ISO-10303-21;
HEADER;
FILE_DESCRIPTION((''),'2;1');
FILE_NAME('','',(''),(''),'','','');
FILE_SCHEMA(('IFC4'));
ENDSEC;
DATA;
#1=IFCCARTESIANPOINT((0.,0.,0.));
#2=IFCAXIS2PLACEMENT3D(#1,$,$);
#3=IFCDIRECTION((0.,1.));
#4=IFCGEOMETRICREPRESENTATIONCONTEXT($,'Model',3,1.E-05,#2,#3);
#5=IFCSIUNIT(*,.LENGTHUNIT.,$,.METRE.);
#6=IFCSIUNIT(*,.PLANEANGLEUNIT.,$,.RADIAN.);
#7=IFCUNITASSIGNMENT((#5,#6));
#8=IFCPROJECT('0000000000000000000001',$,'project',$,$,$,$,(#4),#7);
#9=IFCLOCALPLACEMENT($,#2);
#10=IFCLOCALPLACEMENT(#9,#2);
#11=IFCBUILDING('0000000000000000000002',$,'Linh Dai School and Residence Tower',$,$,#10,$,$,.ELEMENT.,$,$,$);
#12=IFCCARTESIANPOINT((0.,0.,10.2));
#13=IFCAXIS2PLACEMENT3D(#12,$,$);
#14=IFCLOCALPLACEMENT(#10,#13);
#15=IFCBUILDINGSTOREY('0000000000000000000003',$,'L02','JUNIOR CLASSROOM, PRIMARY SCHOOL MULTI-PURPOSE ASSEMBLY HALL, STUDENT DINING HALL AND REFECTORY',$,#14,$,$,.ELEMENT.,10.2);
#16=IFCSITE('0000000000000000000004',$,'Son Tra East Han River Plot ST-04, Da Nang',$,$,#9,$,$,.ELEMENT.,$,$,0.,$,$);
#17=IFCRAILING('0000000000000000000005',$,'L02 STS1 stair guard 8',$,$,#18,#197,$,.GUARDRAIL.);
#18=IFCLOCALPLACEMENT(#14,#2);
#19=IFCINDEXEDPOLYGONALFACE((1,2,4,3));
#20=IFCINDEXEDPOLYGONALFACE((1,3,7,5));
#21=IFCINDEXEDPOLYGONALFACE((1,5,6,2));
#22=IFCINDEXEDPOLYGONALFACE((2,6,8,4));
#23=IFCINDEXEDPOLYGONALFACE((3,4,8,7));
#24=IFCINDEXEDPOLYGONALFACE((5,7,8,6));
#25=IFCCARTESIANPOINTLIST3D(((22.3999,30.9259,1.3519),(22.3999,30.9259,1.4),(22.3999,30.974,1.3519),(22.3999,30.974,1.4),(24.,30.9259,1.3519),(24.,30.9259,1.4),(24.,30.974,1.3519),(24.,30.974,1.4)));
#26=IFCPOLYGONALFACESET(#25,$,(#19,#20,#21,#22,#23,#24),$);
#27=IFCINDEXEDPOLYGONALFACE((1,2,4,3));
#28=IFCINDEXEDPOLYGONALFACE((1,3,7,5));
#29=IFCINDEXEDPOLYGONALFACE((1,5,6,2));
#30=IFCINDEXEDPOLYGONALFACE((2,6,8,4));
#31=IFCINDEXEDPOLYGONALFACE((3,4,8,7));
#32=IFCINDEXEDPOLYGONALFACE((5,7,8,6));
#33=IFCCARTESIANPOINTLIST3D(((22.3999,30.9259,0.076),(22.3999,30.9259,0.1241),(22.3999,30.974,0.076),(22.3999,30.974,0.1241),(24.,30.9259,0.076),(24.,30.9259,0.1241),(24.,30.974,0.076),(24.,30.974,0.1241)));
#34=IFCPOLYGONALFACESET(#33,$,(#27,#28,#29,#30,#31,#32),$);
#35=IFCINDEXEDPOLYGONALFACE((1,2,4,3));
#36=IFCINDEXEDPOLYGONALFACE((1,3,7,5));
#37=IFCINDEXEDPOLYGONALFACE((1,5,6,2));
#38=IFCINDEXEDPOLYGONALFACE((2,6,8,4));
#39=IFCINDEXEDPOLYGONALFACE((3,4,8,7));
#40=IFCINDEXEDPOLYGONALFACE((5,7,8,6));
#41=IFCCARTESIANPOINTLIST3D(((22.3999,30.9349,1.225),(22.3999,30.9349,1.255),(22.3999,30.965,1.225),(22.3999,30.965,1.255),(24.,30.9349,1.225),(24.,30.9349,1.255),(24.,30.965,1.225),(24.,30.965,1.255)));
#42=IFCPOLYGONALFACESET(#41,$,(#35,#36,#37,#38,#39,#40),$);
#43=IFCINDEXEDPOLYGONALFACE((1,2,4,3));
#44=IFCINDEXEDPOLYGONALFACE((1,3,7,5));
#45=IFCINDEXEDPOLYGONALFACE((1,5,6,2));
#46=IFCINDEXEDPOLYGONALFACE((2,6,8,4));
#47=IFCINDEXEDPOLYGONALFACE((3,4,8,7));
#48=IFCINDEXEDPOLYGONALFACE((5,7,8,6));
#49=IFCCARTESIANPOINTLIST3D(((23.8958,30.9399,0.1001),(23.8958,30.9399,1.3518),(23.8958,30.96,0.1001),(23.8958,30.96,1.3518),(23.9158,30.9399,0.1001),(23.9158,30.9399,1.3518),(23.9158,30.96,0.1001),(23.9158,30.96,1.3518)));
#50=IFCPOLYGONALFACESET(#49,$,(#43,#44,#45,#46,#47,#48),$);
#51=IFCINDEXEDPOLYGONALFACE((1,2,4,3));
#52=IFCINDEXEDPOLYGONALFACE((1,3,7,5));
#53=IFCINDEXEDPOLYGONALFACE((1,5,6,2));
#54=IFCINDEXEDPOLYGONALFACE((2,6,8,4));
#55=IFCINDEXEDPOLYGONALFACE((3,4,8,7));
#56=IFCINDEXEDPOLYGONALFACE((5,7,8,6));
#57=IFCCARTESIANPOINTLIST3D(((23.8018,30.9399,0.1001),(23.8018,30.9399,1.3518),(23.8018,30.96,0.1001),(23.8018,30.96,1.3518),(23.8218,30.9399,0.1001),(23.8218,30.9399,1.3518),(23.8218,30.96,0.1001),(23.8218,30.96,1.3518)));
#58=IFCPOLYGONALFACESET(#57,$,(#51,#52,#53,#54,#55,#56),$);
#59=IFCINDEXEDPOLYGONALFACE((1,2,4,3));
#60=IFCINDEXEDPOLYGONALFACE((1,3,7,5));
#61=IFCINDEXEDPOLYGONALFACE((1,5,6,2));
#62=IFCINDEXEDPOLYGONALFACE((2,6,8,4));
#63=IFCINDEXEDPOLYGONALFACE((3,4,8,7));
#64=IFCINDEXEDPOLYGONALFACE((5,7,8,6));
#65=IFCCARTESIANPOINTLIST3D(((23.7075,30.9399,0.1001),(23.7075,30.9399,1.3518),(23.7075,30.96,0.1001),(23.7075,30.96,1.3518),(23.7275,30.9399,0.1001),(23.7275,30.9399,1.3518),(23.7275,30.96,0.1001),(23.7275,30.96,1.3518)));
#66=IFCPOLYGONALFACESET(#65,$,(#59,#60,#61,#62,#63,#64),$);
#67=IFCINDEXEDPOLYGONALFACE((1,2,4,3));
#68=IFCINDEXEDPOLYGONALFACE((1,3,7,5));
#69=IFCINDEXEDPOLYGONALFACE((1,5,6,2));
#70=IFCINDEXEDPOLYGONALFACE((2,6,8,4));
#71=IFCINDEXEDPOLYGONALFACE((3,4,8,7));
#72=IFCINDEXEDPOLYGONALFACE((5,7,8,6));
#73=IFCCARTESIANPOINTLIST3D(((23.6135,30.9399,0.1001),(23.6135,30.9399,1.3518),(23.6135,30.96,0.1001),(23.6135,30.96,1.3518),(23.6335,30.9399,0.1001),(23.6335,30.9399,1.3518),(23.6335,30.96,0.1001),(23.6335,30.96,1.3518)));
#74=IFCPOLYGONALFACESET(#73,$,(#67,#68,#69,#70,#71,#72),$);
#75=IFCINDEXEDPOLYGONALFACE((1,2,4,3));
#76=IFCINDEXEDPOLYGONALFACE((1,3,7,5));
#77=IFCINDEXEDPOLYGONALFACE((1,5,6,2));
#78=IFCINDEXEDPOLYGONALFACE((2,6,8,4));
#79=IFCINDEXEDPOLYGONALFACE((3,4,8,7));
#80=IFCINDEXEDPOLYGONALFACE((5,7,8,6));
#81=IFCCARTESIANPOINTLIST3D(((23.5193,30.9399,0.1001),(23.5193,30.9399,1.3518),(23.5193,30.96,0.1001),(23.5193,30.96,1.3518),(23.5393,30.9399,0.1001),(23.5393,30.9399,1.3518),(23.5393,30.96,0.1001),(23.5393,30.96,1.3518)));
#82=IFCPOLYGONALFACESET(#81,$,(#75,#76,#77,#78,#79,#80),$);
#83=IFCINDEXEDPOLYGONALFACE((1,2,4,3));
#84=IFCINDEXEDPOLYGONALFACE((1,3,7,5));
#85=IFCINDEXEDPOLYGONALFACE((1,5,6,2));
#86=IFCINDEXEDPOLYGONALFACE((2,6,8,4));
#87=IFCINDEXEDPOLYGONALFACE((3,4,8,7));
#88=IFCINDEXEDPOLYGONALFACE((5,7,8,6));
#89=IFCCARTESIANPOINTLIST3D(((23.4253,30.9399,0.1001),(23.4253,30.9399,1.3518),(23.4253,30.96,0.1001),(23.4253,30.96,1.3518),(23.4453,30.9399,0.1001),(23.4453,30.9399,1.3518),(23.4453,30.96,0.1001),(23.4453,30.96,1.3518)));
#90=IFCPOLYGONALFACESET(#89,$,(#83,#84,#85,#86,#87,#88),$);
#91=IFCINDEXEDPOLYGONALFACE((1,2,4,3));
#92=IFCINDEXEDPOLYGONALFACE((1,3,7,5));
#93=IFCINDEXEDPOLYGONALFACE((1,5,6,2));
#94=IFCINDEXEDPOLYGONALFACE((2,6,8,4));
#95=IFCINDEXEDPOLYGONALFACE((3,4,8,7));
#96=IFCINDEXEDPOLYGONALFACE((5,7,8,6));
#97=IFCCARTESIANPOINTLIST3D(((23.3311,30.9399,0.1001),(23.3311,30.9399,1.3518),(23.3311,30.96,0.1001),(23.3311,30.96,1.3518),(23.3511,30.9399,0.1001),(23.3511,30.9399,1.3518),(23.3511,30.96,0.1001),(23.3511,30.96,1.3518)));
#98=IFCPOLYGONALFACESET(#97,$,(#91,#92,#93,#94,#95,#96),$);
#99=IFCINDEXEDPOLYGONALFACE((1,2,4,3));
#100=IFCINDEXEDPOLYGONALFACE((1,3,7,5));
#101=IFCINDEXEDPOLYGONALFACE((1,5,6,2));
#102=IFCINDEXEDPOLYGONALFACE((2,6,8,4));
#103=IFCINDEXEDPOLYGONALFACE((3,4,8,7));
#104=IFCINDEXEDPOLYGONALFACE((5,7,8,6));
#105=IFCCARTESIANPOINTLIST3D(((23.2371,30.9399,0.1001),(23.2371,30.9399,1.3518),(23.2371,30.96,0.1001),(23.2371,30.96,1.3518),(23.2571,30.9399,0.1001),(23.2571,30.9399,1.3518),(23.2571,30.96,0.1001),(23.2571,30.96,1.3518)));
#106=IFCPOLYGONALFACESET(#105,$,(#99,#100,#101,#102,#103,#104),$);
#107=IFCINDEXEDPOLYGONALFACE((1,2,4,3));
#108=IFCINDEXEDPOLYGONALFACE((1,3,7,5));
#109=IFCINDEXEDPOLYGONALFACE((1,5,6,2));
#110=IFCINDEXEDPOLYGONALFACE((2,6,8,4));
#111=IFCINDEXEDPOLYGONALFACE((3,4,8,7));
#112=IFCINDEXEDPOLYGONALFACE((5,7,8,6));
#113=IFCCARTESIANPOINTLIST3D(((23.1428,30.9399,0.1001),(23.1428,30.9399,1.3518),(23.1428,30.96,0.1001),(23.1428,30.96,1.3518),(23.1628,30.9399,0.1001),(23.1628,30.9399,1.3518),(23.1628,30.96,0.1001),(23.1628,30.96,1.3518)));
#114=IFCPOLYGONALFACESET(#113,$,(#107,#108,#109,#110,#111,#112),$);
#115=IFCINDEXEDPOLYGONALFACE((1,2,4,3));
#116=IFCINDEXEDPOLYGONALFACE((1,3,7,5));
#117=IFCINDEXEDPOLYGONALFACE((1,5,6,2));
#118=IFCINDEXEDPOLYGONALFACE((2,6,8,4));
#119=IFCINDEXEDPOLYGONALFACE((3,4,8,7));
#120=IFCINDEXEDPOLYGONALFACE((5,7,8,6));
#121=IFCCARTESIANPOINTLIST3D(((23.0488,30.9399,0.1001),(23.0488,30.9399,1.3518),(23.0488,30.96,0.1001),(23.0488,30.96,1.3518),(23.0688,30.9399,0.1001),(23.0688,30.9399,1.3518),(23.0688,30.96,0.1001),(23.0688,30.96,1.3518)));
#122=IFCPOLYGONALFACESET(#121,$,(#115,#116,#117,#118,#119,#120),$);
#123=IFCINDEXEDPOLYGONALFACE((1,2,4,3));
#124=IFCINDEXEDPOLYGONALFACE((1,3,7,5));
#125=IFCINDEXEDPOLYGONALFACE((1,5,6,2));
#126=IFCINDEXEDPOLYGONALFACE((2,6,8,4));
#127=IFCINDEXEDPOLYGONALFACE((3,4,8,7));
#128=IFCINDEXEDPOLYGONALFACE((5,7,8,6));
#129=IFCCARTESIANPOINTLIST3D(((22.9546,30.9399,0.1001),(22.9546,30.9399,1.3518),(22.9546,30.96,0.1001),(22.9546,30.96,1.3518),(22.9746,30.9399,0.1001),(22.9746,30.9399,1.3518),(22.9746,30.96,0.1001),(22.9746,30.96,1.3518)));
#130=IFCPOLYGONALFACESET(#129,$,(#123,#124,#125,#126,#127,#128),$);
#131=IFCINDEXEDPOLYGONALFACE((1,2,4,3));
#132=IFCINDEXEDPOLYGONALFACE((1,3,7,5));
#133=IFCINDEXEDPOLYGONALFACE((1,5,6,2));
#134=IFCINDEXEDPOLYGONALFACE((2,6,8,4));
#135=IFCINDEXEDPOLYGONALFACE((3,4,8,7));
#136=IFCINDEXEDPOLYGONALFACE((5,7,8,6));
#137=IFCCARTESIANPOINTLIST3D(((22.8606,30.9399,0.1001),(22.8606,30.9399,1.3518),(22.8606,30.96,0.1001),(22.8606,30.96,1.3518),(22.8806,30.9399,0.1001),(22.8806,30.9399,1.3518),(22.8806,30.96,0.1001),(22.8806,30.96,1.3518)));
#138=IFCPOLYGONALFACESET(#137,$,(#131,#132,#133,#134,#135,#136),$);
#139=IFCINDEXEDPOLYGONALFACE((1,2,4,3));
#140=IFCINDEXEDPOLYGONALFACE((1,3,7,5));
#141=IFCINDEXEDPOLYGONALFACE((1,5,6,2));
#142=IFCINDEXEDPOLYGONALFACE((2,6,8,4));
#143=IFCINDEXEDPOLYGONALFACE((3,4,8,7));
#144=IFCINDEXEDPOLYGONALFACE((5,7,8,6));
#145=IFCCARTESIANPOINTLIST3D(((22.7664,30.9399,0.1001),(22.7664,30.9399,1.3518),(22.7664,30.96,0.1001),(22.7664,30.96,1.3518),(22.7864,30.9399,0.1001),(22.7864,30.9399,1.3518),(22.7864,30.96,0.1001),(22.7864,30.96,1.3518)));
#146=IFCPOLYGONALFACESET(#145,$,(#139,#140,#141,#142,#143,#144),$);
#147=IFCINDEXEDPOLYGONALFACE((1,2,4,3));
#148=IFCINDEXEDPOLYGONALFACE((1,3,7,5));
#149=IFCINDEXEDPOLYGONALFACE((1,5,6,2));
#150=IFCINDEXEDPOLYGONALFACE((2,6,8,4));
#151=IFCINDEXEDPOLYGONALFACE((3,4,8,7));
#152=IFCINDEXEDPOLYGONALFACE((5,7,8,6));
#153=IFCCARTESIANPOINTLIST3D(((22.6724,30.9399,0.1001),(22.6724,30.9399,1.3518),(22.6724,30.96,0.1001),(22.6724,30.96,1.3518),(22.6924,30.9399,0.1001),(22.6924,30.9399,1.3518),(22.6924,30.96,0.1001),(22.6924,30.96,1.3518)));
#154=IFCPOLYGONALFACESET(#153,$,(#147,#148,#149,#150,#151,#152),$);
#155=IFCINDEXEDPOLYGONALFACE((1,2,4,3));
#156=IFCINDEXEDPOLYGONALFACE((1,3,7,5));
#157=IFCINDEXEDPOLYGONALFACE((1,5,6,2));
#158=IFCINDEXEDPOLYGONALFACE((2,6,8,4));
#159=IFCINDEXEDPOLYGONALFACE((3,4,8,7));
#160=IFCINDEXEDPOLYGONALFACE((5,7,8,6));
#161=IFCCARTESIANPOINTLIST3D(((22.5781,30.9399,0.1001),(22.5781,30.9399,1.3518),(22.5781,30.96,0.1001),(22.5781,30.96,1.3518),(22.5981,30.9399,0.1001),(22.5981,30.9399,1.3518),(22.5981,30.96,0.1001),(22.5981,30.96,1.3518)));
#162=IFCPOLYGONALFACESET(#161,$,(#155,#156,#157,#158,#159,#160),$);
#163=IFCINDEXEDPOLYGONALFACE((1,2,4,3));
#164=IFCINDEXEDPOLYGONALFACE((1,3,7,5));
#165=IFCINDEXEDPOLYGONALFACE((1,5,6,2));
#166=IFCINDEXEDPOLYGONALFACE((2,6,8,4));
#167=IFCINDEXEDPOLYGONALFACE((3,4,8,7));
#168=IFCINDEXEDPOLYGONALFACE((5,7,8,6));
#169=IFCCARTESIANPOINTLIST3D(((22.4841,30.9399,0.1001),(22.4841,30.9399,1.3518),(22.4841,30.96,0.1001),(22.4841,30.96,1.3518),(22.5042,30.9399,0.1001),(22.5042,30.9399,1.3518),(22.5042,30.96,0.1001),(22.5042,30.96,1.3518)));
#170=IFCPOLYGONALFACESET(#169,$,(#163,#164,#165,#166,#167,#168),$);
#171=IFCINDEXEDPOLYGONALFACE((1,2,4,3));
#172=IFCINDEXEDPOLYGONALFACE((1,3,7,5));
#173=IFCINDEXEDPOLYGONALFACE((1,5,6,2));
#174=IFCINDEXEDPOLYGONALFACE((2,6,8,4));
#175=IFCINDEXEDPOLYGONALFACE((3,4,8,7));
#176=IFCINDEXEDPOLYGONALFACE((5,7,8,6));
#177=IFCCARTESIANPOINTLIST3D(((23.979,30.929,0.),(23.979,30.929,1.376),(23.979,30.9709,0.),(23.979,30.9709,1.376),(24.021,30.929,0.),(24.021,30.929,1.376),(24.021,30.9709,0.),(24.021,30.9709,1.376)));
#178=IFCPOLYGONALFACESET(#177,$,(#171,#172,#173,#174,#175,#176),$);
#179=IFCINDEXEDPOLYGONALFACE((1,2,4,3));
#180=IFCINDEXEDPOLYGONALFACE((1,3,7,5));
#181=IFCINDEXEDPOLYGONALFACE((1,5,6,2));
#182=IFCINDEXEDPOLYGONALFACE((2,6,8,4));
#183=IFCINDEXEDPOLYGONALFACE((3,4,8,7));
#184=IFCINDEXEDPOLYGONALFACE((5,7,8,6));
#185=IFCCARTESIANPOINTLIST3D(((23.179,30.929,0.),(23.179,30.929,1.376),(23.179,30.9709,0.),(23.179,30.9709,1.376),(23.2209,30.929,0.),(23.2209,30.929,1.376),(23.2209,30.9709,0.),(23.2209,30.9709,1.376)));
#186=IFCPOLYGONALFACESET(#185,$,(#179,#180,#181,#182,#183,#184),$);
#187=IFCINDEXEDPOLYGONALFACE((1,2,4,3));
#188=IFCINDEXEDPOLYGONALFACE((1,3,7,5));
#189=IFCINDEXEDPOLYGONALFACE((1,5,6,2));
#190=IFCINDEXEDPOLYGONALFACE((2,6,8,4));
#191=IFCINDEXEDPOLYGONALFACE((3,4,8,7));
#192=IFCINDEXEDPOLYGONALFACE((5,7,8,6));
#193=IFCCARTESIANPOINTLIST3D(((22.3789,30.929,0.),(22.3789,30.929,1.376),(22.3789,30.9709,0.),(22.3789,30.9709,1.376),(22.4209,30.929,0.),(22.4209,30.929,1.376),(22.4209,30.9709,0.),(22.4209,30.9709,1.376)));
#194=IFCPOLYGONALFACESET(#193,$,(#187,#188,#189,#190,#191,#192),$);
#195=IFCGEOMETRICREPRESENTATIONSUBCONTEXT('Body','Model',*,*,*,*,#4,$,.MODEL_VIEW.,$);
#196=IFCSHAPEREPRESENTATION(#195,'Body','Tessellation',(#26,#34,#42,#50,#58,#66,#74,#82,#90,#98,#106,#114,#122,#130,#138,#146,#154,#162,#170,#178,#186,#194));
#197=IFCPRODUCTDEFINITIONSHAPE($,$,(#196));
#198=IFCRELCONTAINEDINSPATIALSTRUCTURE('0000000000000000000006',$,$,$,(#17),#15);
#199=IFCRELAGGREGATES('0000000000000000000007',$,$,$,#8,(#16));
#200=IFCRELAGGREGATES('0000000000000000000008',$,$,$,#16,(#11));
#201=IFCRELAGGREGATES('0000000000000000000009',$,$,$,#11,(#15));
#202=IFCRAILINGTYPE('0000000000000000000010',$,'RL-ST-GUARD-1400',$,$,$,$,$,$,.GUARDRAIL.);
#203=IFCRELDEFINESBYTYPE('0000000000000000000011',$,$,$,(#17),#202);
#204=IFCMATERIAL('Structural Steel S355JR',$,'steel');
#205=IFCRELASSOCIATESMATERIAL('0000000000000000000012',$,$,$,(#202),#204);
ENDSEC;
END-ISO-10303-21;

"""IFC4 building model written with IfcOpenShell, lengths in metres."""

from ifc_helpers import new_model, si_unit, direction, frame, origin, origin_2d, place, context, subcontext, project, spatial, rectangle, extrude, source, transform, mapped, material, type_object, element, save


model = new_model("IFC4")

# Units and contexts
model_context = context("Model", 3, precision=1e-05, world=origin(), true_north=direction((0.0, 1.0)))
body_context = subcontext(model_context, "Body", "Model", "MODEL_VIEW")
ifc_project = project(units=[si_unit("LENGTHUNIT", "METRE"), si_unit("PLANEANGLEUNIT", "RADIAN")], contexts=[model_context])

# Site, building, storey
site_placement = place(None, origin())
site = spatial("IfcSite", under=ifc_project, at=site_placement, Name="Son Tra East Han River Plot ST-04, Da Nang", CompositionType="ELEMENT", RefElevation=0.0)
building_placement = place(site_placement, origin())
building = spatial("IfcBuilding", under=site, at=building_placement, Name="Linh Dai School and Residence Tower", CompositionType="ELEMENT")
storey_placement = place(building_placement, frame((0.0, 0.0, 10.2)))
storey = spatial("IfcBuildingStorey", under=building, at=storey_placement, Name="L02", Description="JUNIOR CLASSROOM, PRIMARY SCHOOL MULTI-PURPOSE ASSEMBLY HALL, STUDENT DINING HALL AND REFECTORY", CompositionType="ELEMENT", Elevation=10.2)

# Shared definitions
ifc_material_1 = material(Name="Structural Steel S355JR", Category="steel")

# Railing
railing_type_1 = type_object("IfcRailingType", Name="RL-ST-GUARD-1400", PredefinedType="GUARDRAIL", material=ifc_material_1)
shared_shape_1 = source(origin(), body_context, "Body", "SweptSolid", [
    extrude(rectangle(XDim=0.0481, YDim=0.0481, at=origin_2d()), frame((0.0, 0.0, 1.376), z_axis=(-1.0, 0.0, 0.0), x_axis=(0.0, -1.0, 0.0)), (0.0, 0.0, 1.0), 1.6001),
    extrude(rectangle(XDim=0.0481, YDim=0.0481, at=origin_2d()), frame((0.0, 0.0, 0.1001), z_axis=(-1.0, 0.0, 0.0), x_axis=(0.0, -1.0, 0.0)), (0.0, 0.0, 1.0), 1.6001),
    extrude(rectangle(XDim=0.03, YDim=0.03, at=origin_2d()), frame((0.0, 0.0, 1.24), z_axis=(-1.0, 0.0, 0.0), x_axis=(0.0, -1.0, 0.0)), (0.0, 0.0, 1.0), 1.6001),
    extrude(rectangle(XDim=0.02, YDim=0.02, at=origin_2d()), frame((-0.0942, 0.0, 0.1001)), (0.0, 0.0, 1.0), 1.2517),
    extrude(rectangle(XDim=0.02, YDim=0.02, at=origin_2d()), frame((-0.1882, 0.0, 0.1001)), (0.0, 0.0, 1.0), 1.2517),
    extrude(rectangle(XDim=0.02, YDim=0.02, at=origin_2d()), frame((-0.2825, 0.0, 0.1001)), (0.0, 0.0, 1.0), 1.2517),
    extrude(rectangle(XDim=0.02, YDim=0.02, at=origin_2d()), frame((-0.3765, 0.0, 0.1001)), (0.0, 0.0, 1.0), 1.2517),
    extrude(rectangle(XDim=0.02, YDim=0.02, at=origin_2d()), frame((-0.4707, 0.0, 0.1001)), (0.0, 0.0, 1.0), 1.2517),
    extrude(rectangle(XDim=0.02, YDim=0.02, at=origin_2d()), frame((-0.5647, 0.0, 0.1001)), (0.0, 0.0, 1.0), 1.2517),
    extrude(rectangle(XDim=0.02, YDim=0.02, at=origin_2d()), frame((-0.6589, 0.0, 0.1001)), (0.0, 0.0, 1.0), 1.2517),
    extrude(rectangle(XDim=0.02, YDim=0.02, at=origin_2d()), frame((-0.7529, 0.0, 0.1001)), (0.0, 0.0, 1.0), 1.2517),
    extrude(rectangle(XDim=0.02, YDim=0.02, at=origin_2d()), frame((-0.8472, 0.0, 0.1001)), (0.0, 0.0, 1.0), 1.2517),
    extrude(rectangle(XDim=0.02, YDim=0.02, at=origin_2d()), frame((-0.9412, 0.0, 0.1001)), (0.0, 0.0, 1.0), 1.2517),
    extrude(rectangle(XDim=0.02, YDim=0.02, at=origin_2d()), frame((-1.0354, 0.0, 0.1001)), (0.0, 0.0, 1.0), 1.2517),
    extrude(rectangle(XDim=0.02, YDim=0.02, at=origin_2d()), frame((-1.1294, 0.0, 0.1001)), (0.0, 0.0, 1.0), 1.2517),
    extrude(rectangle(XDim=0.02, YDim=0.02, at=origin_2d()), frame((-1.2236, 0.0, 0.1001)), (0.0, 0.0, 1.0), 1.2517),
    extrude(rectangle(XDim=0.02, YDim=0.02, at=origin_2d()), frame((-1.3176, 0.0, 0.1001)), (0.0, 0.0, 1.0), 1.2517),
    extrude(rectangle(XDim=0.02, YDim=0.02, at=origin_2d()), frame((-1.4119, 0.0, 0.1001)), (0.0, 0.0, 1.0), 1.2517),
    extrude(rectangle(XDim=0.02, YDim=0.02, at=origin_2d()), frame((-1.5059, 0.0, 0.1001)), (0.0, 0.0, 1.0), 1.2517),
    extrude(rectangle(XDim=0.042, YDim=0.042, at=origin_2d()), origin(), (0.0, 0.0, 1.0), 1.376),
    extrude(rectangle(XDim=0.042, YDim=0.042, at=origin_2d()), frame((-0.8, 0.0, 0.0)), (0.0, 0.0, 1.0), 1.376),
    extrude(rectangle(XDim=0.042, YDim=0.042, at=origin_2d()), frame((-1.6001, 0.0, 0.0)), (0.0, 0.0, 1.0), 1.376),
])
for number, where, name in (
    (1, (24.0, 30.95, 0.0), "L02 STS1 stair guard 8"),
):
    element("IfcRailing", number, at=place(storey_placement, frame(where)), inside=storey, type_object=railing_type_1, Name=name, PredefinedType="GUARDRAIL", context=body_context, shape_type="MappedRepresentation", body=[
        mapped(shared_shape_1, transform((0.0, 0.0, 0.0), x_axis=(1.0, 0.0, 0.0), y_axis=(0.0, 1.0, 0.0), z_axis=(0.0, 0.0, 1.0), scale=1.0)),
    ])

save(model, "model.ifc")
